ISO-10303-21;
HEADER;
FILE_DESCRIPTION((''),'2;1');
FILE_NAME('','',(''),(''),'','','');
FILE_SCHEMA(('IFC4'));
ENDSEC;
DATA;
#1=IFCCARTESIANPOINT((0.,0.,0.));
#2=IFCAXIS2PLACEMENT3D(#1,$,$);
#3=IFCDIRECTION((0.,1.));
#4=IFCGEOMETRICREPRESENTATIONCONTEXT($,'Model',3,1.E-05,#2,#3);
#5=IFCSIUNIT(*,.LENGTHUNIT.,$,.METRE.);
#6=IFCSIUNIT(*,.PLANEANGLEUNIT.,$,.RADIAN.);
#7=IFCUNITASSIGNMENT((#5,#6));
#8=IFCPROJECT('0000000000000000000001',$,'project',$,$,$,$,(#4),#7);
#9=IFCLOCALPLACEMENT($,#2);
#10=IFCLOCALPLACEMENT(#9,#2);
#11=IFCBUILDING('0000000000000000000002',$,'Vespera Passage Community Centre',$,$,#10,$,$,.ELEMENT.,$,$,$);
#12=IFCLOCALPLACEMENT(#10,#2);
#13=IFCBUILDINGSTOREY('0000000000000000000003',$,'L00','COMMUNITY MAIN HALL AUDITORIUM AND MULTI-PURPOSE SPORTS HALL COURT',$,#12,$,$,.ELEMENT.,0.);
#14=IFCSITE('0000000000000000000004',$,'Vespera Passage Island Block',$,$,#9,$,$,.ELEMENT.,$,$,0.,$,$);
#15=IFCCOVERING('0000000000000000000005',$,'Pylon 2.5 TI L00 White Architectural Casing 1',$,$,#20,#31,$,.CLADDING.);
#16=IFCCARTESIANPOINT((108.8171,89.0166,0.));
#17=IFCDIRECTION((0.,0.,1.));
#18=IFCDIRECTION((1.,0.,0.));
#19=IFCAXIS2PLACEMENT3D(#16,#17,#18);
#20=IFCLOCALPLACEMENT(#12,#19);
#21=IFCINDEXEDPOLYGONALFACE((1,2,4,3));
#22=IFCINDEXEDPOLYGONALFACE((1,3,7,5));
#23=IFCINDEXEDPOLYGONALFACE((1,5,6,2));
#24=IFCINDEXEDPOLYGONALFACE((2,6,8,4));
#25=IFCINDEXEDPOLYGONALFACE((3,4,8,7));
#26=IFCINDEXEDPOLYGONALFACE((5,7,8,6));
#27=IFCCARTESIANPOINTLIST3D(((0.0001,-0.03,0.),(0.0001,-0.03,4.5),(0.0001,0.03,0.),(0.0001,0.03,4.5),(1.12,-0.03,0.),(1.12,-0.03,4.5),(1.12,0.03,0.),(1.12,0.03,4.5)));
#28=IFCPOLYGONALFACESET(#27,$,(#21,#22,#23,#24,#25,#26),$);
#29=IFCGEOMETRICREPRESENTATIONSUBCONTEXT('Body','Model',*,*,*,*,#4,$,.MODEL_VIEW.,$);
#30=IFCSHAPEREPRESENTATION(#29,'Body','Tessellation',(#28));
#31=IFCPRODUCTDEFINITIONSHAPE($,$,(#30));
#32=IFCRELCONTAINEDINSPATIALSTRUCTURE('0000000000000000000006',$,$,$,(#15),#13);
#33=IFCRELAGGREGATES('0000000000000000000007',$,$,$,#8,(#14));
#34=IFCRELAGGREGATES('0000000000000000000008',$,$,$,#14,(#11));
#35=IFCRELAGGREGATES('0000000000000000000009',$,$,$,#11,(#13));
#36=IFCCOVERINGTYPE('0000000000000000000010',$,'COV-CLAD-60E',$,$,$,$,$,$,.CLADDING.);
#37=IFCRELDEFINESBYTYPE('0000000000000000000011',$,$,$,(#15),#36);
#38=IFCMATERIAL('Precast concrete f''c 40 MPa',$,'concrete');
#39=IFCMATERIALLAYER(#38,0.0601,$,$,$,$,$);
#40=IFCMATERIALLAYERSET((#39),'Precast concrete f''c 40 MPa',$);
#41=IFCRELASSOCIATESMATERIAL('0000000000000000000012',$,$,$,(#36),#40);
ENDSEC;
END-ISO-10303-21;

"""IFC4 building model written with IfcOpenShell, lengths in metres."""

from ifc_helpers import new_model, si_unit, direction, frame, frame_2d, origin, place, context, subcontext, project, spatial, rectangle, extrude, material, layer, layer_set, type_object, element, save


model = new_model("IFC4")

# Units and contexts
model_context = context("Model", 3, precision=1e-05, world=origin(), true_north=direction((0.0, 1.0)))
body_context = subcontext(model_context, "Body", "Model", "MODEL_VIEW")
ifc_project = project(units=[si_unit("LENGTHUNIT", "METRE"), si_unit("PLANEANGLEUNIT", "RADIAN")], contexts=[model_context])

# Site, building, storey
site_placement = place(None, origin())
site = spatial("IfcSite", under=ifc_project, at=site_placement, Name="Vespera Passage Island Block", CompositionType="ELEMENT", RefElevation=0.0)
building_placement = place(site_placement, origin())
building = spatial("IfcBuilding", under=site, at=building_placement, Name="Vespera Passage Community Centre", CompositionType="ELEMENT")
storey_placement = place(building_placement, origin())
storey = spatial("IfcBuildingStorey", under=building, at=storey_placement, Name="L00", Description="COMMUNITY MAIN HALL AUDITORIUM AND MULTI-PURPOSE SPORTS HALL COURT", CompositionType="ELEMENT", Elevation=0.0)

# Covering
ifc_material_1 = material(Name="Precast concrete f'c 40 MPa", Category="concrete")
ifc_layer_1 = layer(ifc_material_1, 0.0601)
ifc_layer_set_1 = layer_set([ifc_layer_1], Name="Precast concrete f'c 40 MPa")
covering_type = type_object("IfcCoveringType", Name="COV-CLAD-60E", PredefinedType="CLADDING", material=ifc_layer_set_1)
for number, where, z_axis, x_axis, name in (
    (1, (108.8171, 89.0166, 0.0), (0.0, 0.0, 1.0), (1.0, 0.0, 0.0), "Pylon 2.5 TI L00 White Architectural Casing 1"),
):
    element("IfcCovering", number, at=place(storey_placement, frame(where, z_axis=z_axis, x_axis=x_axis)), inside=storey, type_object=covering_type, Name=name, PredefinedType="CLADDING", context=body_context, shape_type="SweptSolid", body=[
        extrude(rectangle(XDim=1.1199, YDim=0.0601, at=frame_2d((0.5601, 0.0))), origin(), (0.0, 0.0, 1.0), 4.5),
    ])

save(model, "model.ifc")
